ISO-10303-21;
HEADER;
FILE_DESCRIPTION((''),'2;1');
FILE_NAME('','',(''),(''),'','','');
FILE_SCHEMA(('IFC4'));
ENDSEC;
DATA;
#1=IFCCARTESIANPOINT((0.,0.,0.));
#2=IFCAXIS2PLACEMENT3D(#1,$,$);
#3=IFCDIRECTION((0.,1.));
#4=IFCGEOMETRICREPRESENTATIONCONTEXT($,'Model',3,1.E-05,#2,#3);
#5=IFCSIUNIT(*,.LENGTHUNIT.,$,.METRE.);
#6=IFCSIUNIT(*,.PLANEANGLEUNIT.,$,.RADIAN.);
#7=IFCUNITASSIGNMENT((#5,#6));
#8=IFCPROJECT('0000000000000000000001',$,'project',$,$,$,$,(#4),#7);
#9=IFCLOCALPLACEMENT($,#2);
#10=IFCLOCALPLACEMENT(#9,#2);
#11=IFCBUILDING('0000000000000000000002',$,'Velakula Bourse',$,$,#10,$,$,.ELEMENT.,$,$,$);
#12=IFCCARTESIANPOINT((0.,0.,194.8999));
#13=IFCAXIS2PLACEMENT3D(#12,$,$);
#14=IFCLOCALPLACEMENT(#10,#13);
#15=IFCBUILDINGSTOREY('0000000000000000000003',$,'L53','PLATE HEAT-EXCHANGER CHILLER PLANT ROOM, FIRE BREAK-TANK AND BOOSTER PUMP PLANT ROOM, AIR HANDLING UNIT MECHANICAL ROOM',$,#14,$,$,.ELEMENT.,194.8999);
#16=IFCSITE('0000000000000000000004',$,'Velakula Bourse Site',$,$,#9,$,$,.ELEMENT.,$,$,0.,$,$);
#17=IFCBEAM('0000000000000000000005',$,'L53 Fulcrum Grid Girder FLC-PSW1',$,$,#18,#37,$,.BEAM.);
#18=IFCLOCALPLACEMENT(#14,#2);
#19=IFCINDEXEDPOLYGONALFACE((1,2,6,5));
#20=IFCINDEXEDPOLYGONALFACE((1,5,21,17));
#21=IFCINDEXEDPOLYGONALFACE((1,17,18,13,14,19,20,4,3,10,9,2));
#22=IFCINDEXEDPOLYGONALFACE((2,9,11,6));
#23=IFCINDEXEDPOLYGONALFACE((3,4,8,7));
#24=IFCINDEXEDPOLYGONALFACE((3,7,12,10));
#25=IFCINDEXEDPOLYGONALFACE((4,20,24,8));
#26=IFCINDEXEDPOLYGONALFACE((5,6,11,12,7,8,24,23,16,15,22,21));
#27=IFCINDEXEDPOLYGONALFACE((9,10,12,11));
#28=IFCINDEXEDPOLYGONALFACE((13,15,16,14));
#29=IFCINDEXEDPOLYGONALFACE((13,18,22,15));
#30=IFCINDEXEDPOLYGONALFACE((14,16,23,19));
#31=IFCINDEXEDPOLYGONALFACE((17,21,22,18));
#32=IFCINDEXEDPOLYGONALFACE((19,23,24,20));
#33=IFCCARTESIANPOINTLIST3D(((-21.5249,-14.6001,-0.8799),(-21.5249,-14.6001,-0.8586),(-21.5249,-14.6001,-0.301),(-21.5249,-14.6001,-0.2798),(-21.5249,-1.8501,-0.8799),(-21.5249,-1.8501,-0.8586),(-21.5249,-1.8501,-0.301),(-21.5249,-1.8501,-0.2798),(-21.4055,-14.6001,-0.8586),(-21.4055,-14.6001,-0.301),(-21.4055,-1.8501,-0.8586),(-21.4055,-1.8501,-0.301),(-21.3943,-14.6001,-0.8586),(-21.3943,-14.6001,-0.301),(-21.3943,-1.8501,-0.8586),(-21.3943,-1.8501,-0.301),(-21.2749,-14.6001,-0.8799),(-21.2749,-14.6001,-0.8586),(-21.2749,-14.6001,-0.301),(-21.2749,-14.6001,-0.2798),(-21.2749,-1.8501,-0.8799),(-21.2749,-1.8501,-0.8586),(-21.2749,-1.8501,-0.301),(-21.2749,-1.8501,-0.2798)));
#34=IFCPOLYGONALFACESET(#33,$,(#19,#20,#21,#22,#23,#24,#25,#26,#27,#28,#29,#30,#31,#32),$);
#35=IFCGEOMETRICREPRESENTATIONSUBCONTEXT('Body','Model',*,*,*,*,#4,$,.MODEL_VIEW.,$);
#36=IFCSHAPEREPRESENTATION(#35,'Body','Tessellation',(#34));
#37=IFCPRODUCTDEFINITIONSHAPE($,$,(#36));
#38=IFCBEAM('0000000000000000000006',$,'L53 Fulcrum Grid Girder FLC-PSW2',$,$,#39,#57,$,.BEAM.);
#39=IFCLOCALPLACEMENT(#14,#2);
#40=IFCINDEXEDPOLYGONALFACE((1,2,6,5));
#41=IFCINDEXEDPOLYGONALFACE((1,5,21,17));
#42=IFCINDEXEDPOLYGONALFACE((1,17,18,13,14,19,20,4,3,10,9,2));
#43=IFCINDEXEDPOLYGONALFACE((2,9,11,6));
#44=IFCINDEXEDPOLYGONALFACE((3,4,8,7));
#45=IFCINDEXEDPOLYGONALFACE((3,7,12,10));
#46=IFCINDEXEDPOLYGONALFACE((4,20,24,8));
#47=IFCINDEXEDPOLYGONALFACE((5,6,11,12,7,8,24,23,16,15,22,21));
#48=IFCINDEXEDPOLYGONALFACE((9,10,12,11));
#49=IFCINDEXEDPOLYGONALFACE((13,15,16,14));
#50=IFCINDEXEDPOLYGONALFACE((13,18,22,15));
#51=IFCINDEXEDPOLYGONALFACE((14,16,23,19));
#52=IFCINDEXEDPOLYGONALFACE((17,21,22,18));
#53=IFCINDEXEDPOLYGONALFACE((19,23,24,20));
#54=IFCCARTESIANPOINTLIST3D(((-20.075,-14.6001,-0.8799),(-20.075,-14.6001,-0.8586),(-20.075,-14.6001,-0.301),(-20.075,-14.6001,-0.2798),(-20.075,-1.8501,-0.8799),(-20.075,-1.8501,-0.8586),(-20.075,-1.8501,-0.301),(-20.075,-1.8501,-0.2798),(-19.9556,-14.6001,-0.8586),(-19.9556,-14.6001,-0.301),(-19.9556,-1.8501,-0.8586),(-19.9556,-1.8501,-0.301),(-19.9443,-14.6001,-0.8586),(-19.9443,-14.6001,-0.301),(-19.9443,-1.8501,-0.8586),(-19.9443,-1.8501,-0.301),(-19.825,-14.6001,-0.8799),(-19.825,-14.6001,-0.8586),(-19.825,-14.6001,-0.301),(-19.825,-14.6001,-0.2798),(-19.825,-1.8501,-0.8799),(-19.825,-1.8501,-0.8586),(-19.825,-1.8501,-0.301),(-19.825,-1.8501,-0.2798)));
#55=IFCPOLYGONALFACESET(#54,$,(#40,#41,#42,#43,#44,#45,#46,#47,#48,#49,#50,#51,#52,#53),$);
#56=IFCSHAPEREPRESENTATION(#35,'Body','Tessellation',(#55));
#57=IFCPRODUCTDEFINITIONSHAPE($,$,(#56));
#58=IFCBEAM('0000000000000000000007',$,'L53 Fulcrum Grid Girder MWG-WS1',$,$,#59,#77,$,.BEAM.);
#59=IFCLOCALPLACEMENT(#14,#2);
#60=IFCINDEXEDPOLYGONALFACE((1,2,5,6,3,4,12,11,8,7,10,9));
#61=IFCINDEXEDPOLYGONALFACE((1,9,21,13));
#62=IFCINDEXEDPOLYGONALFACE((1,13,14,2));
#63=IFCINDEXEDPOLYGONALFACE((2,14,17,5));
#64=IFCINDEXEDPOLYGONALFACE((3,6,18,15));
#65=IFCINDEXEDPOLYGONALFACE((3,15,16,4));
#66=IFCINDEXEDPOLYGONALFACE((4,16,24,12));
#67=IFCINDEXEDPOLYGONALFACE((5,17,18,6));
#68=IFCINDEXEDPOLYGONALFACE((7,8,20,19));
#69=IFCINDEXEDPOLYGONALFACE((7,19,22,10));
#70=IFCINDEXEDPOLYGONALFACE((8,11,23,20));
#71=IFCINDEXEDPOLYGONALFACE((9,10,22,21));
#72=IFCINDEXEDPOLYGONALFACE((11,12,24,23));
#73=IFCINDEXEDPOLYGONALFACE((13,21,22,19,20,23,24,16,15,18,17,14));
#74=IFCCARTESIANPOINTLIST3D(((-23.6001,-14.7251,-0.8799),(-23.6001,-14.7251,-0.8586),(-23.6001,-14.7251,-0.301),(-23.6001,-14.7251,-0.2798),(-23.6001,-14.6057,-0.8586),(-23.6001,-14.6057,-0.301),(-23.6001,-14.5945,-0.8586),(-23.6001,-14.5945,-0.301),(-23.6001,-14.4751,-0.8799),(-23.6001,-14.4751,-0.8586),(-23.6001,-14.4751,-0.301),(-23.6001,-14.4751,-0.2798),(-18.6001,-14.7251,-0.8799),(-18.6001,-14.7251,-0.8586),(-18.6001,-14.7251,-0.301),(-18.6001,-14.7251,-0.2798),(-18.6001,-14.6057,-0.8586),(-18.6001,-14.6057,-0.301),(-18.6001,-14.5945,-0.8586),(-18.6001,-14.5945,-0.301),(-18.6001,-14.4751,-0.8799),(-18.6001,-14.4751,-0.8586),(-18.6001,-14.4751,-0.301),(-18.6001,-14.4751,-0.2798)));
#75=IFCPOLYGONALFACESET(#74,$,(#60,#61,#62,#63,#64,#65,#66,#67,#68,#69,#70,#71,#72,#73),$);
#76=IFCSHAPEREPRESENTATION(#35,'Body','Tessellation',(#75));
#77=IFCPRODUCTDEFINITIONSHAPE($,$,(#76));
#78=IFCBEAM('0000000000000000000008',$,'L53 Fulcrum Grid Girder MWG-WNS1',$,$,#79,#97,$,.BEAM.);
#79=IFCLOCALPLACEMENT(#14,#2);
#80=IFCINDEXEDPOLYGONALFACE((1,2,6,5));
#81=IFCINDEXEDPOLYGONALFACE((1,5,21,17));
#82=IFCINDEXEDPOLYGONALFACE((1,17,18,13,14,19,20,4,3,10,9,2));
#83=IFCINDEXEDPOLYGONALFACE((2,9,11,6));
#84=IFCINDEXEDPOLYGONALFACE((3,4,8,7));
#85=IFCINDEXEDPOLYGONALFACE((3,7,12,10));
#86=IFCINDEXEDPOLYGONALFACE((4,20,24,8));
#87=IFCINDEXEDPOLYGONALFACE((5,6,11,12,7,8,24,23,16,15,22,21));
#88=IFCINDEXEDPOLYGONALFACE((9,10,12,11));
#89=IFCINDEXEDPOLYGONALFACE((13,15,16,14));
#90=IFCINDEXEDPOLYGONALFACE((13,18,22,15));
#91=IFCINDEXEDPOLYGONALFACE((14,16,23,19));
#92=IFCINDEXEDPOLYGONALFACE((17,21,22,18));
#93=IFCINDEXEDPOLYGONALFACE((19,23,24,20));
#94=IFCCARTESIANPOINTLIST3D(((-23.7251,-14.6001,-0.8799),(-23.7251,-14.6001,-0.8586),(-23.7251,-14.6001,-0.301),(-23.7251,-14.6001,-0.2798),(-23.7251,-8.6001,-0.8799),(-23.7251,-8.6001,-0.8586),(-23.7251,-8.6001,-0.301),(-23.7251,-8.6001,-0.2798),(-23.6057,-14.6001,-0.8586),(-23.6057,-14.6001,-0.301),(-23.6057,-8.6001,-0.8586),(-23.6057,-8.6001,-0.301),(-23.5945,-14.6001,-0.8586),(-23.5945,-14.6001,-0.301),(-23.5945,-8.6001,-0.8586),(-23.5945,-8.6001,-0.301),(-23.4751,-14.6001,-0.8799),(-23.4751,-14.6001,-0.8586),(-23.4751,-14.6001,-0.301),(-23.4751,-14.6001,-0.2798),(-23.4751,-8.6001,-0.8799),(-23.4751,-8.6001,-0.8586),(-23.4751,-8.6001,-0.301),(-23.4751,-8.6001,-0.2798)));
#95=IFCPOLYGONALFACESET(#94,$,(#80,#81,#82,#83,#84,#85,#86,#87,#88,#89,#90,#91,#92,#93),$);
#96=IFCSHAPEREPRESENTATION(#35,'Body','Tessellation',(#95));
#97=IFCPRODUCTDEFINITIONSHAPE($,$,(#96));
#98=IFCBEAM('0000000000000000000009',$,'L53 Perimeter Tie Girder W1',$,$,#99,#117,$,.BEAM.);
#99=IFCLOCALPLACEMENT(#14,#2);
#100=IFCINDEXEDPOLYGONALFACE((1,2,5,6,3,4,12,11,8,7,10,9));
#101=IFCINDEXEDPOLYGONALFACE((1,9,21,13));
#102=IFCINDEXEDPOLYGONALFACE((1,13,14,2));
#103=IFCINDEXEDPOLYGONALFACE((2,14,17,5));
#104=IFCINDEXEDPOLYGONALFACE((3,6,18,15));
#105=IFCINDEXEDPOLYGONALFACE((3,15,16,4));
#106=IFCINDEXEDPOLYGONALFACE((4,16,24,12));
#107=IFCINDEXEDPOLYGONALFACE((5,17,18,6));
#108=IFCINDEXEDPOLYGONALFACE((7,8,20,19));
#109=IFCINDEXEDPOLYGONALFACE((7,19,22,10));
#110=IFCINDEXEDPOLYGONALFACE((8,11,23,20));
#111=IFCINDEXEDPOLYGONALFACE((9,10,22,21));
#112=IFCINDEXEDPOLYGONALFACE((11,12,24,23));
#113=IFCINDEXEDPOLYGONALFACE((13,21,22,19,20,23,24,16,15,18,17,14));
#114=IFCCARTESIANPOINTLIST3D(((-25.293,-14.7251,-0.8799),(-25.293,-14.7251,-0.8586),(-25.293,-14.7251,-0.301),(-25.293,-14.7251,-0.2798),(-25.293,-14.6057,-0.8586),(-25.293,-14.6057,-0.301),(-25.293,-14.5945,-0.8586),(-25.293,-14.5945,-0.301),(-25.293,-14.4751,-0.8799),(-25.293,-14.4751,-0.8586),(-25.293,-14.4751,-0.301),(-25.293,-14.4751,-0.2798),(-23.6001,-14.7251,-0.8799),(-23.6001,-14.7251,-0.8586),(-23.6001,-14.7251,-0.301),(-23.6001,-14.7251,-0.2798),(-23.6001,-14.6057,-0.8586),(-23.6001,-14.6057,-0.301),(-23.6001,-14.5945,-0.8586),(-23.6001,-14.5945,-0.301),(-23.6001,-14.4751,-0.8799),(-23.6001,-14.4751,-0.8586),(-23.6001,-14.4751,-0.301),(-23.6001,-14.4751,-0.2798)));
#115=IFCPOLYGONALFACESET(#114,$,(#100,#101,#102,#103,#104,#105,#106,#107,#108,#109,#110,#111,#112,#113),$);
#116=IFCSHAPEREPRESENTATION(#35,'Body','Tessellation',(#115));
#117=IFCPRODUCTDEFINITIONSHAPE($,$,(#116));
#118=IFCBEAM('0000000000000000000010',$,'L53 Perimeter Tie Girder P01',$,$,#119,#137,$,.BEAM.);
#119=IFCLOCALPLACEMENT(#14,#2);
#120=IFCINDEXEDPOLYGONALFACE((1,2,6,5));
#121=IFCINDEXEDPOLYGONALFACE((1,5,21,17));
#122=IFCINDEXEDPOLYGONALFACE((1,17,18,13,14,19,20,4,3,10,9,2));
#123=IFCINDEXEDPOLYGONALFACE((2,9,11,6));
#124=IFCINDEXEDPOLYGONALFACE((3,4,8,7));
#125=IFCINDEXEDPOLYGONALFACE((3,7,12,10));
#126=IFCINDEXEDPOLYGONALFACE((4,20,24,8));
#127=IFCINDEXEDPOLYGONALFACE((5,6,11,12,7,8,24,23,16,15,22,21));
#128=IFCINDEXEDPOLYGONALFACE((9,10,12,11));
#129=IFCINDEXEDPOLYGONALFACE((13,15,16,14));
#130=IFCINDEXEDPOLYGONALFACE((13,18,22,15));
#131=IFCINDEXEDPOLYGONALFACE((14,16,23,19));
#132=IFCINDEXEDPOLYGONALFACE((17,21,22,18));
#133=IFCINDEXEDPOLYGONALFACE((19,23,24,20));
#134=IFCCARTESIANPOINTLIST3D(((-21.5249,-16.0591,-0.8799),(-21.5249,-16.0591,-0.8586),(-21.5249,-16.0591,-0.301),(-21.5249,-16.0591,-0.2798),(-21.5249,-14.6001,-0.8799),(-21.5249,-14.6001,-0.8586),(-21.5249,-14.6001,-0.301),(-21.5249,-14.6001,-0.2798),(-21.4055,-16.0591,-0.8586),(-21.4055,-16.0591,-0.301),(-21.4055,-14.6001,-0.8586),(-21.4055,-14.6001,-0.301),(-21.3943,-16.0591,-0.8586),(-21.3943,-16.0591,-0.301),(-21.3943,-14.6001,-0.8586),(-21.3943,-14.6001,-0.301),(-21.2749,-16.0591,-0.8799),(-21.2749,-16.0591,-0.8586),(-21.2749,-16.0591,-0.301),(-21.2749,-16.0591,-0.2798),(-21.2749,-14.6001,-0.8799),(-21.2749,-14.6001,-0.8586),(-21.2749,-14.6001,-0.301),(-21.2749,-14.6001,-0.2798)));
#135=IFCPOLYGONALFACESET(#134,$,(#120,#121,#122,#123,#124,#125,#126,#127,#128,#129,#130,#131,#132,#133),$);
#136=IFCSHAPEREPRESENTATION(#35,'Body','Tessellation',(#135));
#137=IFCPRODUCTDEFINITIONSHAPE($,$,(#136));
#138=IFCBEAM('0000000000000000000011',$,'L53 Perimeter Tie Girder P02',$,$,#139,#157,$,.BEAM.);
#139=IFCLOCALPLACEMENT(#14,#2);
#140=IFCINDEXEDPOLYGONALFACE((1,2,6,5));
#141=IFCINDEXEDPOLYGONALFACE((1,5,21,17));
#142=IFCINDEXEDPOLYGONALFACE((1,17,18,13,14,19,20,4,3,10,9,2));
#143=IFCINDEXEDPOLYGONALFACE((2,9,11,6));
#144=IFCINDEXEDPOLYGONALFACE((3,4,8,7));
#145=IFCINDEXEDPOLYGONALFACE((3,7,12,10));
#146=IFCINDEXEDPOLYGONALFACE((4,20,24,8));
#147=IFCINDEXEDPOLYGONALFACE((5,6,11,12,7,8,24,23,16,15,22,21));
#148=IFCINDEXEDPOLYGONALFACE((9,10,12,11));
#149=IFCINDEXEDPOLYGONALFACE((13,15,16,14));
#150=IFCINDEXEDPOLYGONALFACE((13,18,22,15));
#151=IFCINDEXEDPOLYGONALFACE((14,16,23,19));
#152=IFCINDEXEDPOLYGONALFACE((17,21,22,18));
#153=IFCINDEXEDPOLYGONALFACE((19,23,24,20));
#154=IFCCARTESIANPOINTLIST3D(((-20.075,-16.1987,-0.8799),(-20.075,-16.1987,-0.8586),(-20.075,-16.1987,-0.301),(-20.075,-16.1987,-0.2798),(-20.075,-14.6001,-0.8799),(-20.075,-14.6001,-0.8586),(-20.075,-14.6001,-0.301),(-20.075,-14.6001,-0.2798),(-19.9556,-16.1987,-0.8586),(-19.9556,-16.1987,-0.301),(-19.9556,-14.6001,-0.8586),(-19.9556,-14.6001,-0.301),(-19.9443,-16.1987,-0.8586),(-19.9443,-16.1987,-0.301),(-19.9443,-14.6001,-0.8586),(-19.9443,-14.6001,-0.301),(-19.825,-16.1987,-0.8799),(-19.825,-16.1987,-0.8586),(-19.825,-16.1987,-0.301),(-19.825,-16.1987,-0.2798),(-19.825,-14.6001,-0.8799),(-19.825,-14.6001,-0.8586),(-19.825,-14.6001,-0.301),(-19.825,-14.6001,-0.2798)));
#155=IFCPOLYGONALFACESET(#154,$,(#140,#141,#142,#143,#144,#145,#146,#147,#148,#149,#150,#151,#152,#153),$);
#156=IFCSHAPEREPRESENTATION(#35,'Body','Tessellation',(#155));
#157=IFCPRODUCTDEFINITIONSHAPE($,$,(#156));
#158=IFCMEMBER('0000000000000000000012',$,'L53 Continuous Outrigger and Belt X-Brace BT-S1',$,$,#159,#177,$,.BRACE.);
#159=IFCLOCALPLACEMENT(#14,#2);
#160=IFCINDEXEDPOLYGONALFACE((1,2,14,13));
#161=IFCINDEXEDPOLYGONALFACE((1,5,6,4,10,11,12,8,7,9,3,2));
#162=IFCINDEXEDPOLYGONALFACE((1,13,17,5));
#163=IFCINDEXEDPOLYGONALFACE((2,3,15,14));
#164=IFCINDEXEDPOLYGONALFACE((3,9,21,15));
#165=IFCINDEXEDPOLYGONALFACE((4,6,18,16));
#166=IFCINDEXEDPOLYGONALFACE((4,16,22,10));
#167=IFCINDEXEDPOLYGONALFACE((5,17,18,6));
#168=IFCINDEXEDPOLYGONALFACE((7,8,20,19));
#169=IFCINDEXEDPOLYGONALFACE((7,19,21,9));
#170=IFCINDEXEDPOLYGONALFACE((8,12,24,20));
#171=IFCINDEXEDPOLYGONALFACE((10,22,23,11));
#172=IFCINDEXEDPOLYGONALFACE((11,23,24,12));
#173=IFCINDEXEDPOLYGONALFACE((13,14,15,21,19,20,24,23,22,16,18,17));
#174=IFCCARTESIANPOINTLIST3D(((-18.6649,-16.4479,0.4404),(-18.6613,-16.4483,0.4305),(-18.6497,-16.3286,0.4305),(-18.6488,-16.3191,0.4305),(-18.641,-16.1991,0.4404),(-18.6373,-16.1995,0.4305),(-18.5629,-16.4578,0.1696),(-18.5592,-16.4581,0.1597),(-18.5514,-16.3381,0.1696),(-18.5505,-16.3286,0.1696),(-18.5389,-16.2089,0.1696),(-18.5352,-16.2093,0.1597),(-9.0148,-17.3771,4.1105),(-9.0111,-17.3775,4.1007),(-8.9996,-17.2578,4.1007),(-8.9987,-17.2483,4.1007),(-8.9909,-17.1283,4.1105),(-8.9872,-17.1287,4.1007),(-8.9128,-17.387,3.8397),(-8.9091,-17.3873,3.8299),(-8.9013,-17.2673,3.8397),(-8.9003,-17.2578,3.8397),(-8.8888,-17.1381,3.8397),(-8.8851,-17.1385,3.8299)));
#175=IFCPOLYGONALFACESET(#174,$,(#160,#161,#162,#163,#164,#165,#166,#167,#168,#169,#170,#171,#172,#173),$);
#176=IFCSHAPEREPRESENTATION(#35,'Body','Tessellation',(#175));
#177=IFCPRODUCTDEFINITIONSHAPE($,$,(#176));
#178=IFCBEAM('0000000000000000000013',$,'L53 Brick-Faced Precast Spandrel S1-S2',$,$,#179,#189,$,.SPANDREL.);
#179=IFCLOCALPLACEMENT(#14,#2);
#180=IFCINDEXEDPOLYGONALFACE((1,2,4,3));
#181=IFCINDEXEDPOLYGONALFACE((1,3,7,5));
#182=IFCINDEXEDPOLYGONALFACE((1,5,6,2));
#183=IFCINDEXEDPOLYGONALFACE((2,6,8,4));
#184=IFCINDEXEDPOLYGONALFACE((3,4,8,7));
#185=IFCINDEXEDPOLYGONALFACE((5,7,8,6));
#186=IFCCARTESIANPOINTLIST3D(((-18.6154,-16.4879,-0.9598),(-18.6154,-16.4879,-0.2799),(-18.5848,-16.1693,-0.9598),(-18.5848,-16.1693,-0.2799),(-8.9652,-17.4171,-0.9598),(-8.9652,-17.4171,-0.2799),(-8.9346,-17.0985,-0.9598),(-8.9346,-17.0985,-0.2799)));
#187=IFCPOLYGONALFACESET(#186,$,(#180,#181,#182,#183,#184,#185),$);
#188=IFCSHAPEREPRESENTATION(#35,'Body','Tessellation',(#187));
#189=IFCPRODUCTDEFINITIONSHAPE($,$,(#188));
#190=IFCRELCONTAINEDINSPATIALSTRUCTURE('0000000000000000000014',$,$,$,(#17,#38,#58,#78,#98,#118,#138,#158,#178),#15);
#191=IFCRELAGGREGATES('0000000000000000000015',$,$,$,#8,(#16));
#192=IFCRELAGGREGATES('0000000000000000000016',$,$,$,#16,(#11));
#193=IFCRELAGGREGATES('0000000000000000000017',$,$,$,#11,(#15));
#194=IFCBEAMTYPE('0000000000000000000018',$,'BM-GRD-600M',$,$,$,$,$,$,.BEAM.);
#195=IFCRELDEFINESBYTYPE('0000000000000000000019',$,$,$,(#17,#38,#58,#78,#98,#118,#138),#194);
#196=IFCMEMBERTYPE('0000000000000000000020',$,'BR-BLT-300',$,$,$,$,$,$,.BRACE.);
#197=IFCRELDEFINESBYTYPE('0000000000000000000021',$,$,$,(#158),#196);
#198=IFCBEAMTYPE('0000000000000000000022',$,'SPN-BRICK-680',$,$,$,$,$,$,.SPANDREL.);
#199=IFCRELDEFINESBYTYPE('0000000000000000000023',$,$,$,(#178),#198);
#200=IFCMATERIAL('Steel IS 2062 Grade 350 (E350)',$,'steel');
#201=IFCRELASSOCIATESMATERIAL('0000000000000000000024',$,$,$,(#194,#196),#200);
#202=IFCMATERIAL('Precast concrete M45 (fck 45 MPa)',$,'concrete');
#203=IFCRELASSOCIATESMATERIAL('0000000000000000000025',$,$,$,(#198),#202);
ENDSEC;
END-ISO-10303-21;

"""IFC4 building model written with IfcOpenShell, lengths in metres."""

from ifc_helpers import new_model, si_unit, direction, frame, origin, origin_2d, place, context, subcontext, project, spatial, rectangle, i_section, extrude, material, material_profile, profile_set, type_object, element, save


model = new_model("IFC4")

# Units and contexts
model_context = context("Model", 3, precision=1e-05, world=origin(), true_north=direction((0.0, 1.0)))
body_context = subcontext(model_context, "Body", "Model", "MODEL_VIEW")
ifc_project = project(units=[si_unit("LENGTHUNIT", "METRE"), si_unit("PLANEANGLEUNIT", "RADIAN")], contexts=[model_context])

# Site, building, storey
site_placement = place(None, origin())
site = spatial("IfcSite", under=ifc_project, at=site_placement, Name="Velakula Bourse Site", CompositionType="ELEMENT", RefElevation=0.0)
building_placement = place(site_placement, origin())
building = spatial("IfcBuilding", under=site, at=building_placement, Name="Velakula Bourse", CompositionType="ELEMENT")
storey_placement = place(building_placement, frame((0.0, 0.0, 194.8999)))
storey = spatial("IfcBuildingStorey", under=building, at=storey_placement, Name="L53", Description="PLATE HEAT-EXCHANGER CHILLER PLANT ROOM, FIRE BREAK-TANK AND BOOSTER PUMP PLANT ROOM, AIR HANDLING UNIT MECHANICAL ROOM", CompositionType="ELEMENT", Elevation=194.8999)

# Shared definitions
ifc_material_1 = material(Name="Steel IS 2062 Grade 350 (E350)", Category="steel")
ifc_material_2 = material(Name="Precast concrete M45 (fck 45 MPa)", Category="concrete")

# Beams
ifc_material_profile_1 = material_profile(ifc_material_1, i_section(OverallWidth=0.25, OverallDepth=0.6001, WebThickness=0.0112, FlangeThickness=0.0212, at=origin_2d()), Name="Steel IS 2062 Grade 350 (E350)")
ifc_profile_set_1 = profile_set([ifc_material_profile_1], Name="Steel IS 2062 Grade 350 (E350)")
beam_type_1 = type_object("IfcBeamType", Name="BM-GRD-600M", PredefinedType="BEAM", material=ifc_profile_set_1)
for number, where, z_axis, x_axis, name in (
    (1, (-21.3999, -14.6001, -0.5798), (0.0, 1.0, 0.0), (-1.0, 0.0, 0.0), "L53 Fulcrum Grid Girder FLC-PSW1"),
    (2, (-19.95, -14.6001, -0.5798), (0.0, 1.0, 0.0), (-1.0, 0.0, 0.0), "L53 Fulcrum Grid Girder FLC-PSW2"),
):
    element("IfcBeam", number, at=place(storey_placement, frame(where, z_axis=z_axis, x_axis=x_axis)), inside=storey, type_object=beam_type_1, Name=name, PredefinedType="BEAM", context=body_context, shape_type="SweptSolid", body=[
        extrude(i_section(OverallWidth=0.25, OverallDepth=0.6001, WebThickness=0.0112, FlangeThickness=0.0212, at=origin_2d()), origin(), (0.0, 0.0, 1.0), 12.75),
    ])
beam_1_placement = place(storey_placement, frame((-23.6001, -14.6001, -0.5798), z_axis=(1.0, 0.0, 0.0), x_axis=(0.0, 1.0, 0.0)))
element("IfcBeam", 3, at=beam_1_placement, inside=storey, type_object=beam_type_1, Name="L53 Fulcrum Grid Girder MWG-WS1", PredefinedType="BEAM", context=body_context, shape_type="SweptSolid", body=[
    extrude(i_section(OverallWidth=0.25, OverallDepth=0.6001, WebThickness=0.0112, FlangeThickness=0.0212, at=origin_2d()), origin(), (0.0, 0.0, 1.0), 5.0),
])
beam_2_placement = place(storey_placement, frame((-23.6001, -14.6001, -0.5798), z_axis=(0.0, 1.0, 0.0), x_axis=(-1.0, 0.0, 0.0)))
element("IfcBeam", 4, at=beam_2_placement, inside=storey, type_object=beam_type_1, Name="L53 Fulcrum Grid Girder MWG-WNS1", PredefinedType="BEAM", context=body_context, shape_type="SweptSolid", body=[
    extrude(i_section(OverallWidth=0.25, OverallDepth=0.6001, WebThickness=0.0112, FlangeThickness=0.0212, at=origin_2d()), origin(), (0.0, 0.0, 1.0), 6.0),
])
beam_3_placement = place(storey_placement, frame((-23.6001, -14.6001, -0.5798), z_axis=(-1.0, 0.0, 0.0), x_axis=(0.0, -1.0, 0.0)))
element("IfcBeam", 5, at=beam_3_placement, inside=storey, type_object=beam_type_1, Name="L53 Perimeter Tie Girder W1", PredefinedType="BEAM", context=body_context, shape_type="SweptSolid", body=[
    extrude(i_section(OverallWidth=0.25, OverallDepth=0.6001, WebThickness=0.0112, FlangeThickness=0.0212, at=origin_2d()), origin(), (0.0, 0.0, 1.0), 1.6929),
])
beam_4_placement = place(storey_placement, frame((-21.3999, -14.6001, -0.5798), z_axis=(0.0, -1.0, 0.0), x_axis=(1.0, 0.0, 0.0)))
element("IfcBeam", 6, at=beam_4_placement, inside=storey, type_object=beam_type_1, Name="L53 Perimeter Tie Girder P01", PredefinedType="BEAM", context=body_context, shape_type="SweptSolid", body=[
    extrude(i_section(OverallWidth=0.25, OverallDepth=0.6001, WebThickness=0.0112, FlangeThickness=0.0212, at=origin_2d()), origin(), (0.0, 0.0, 1.0), 1.459),
])
beam_5_placement = place(storey_placement, frame((-19.95, -14.6001, -0.5798), z_axis=(0.0, -1.0, 0.0), x_axis=(1.0, 0.0, 0.0)))
element("IfcBeam", 7, at=beam_5_placement, inside=storey, type_object=beam_type_1, Name="L53 Perimeter Tie Girder P02", PredefinedType="BEAM", context=body_context, shape_type="SweptSolid", body=[
    extrude(i_section(OverallWidth=0.25, OverallDepth=0.6001, WebThickness=0.0112, FlangeThickness=0.0212, at=origin_2d()), origin(), (0.0, 0.0, 1.0), 1.5986),
])

# Member
ifc_material_profile_2 = material_profile(ifc_material_1, i_section(OverallWidth=0.25, OverallDepth=0.3, WebThickness=0.0095, FlangeThickness=0.0105, at=origin_2d()), Name="Steel IS 2062 Grade 350 (E350)")
ifc_profile_set_2 = profile_set([ifc_material_profile_2], Name="Steel IS 2062 Grade 350 (E350)")
member_type = type_object("IfcMemberType", Name="BR-BLT-300", PredefinedType="BRACE", material=ifc_profile_set_2)
member_placement = place(storey_placement, frame((-18.6001, -16.3286, 0.3), z_axis=(0.930921, -0.089637, 0.35405), x_axis=(0.095845, 0.995396, 0.0)))
element("IfcMember", 8, at=member_placement, inside=storey, type_object=member_type, Name="L53 Continuous Outrigger and Belt X-Brace BT-S1", PredefinedType="BRACE", context=body_context, shape_type="SweptSolid", body=[
    extrude(i_section(OverallWidth=0.25, OverallDepth=0.3, WebThickness=0.0095, FlangeThickness=0.0105, at=origin_2d()), origin(), (0.0, 0.0, 1.0), 10.3662),
])

# Beam
ifc_material_profile_3 = material_profile(ifc_material_2, rectangle(XDim=0.3201, YDim=0.6799, at=origin_2d()), Name="Precast concrete M45 (fck 45 MPa)")
ifc_profile_set_3 = profile_set([ifc_material_profile_3], Name="Precast concrete M45 (fck 45 MPa)")
beam_type_2 = type_object("IfcBeamType", Name="SPN-BRICK-680", PredefinedType="SPANDREL", material=ifc_profile_set_3)
beam_6_placement = place(storey_placement, frame((-18.6001, -16.3286, -0.6199), z_axis=(0.995396, -0.095845, 0.0), x_axis=(0.095845, 0.995396, 0.0)))
element("IfcBeam", 9, at=beam_6_placement, inside=storey, type_object=beam_type_2, Name="L53 Brick-Faced Precast Spandrel S1-S2", PredefinedType="SPANDREL", context=body_context, shape_type="SweptSolid", body=[
    extrude(rectangle(XDim=0.3201, YDim=0.6799, at=origin_2d()), origin(), (0.0, 0.0, 1.0), 9.6948),
])

save(model, "model.ifc")
